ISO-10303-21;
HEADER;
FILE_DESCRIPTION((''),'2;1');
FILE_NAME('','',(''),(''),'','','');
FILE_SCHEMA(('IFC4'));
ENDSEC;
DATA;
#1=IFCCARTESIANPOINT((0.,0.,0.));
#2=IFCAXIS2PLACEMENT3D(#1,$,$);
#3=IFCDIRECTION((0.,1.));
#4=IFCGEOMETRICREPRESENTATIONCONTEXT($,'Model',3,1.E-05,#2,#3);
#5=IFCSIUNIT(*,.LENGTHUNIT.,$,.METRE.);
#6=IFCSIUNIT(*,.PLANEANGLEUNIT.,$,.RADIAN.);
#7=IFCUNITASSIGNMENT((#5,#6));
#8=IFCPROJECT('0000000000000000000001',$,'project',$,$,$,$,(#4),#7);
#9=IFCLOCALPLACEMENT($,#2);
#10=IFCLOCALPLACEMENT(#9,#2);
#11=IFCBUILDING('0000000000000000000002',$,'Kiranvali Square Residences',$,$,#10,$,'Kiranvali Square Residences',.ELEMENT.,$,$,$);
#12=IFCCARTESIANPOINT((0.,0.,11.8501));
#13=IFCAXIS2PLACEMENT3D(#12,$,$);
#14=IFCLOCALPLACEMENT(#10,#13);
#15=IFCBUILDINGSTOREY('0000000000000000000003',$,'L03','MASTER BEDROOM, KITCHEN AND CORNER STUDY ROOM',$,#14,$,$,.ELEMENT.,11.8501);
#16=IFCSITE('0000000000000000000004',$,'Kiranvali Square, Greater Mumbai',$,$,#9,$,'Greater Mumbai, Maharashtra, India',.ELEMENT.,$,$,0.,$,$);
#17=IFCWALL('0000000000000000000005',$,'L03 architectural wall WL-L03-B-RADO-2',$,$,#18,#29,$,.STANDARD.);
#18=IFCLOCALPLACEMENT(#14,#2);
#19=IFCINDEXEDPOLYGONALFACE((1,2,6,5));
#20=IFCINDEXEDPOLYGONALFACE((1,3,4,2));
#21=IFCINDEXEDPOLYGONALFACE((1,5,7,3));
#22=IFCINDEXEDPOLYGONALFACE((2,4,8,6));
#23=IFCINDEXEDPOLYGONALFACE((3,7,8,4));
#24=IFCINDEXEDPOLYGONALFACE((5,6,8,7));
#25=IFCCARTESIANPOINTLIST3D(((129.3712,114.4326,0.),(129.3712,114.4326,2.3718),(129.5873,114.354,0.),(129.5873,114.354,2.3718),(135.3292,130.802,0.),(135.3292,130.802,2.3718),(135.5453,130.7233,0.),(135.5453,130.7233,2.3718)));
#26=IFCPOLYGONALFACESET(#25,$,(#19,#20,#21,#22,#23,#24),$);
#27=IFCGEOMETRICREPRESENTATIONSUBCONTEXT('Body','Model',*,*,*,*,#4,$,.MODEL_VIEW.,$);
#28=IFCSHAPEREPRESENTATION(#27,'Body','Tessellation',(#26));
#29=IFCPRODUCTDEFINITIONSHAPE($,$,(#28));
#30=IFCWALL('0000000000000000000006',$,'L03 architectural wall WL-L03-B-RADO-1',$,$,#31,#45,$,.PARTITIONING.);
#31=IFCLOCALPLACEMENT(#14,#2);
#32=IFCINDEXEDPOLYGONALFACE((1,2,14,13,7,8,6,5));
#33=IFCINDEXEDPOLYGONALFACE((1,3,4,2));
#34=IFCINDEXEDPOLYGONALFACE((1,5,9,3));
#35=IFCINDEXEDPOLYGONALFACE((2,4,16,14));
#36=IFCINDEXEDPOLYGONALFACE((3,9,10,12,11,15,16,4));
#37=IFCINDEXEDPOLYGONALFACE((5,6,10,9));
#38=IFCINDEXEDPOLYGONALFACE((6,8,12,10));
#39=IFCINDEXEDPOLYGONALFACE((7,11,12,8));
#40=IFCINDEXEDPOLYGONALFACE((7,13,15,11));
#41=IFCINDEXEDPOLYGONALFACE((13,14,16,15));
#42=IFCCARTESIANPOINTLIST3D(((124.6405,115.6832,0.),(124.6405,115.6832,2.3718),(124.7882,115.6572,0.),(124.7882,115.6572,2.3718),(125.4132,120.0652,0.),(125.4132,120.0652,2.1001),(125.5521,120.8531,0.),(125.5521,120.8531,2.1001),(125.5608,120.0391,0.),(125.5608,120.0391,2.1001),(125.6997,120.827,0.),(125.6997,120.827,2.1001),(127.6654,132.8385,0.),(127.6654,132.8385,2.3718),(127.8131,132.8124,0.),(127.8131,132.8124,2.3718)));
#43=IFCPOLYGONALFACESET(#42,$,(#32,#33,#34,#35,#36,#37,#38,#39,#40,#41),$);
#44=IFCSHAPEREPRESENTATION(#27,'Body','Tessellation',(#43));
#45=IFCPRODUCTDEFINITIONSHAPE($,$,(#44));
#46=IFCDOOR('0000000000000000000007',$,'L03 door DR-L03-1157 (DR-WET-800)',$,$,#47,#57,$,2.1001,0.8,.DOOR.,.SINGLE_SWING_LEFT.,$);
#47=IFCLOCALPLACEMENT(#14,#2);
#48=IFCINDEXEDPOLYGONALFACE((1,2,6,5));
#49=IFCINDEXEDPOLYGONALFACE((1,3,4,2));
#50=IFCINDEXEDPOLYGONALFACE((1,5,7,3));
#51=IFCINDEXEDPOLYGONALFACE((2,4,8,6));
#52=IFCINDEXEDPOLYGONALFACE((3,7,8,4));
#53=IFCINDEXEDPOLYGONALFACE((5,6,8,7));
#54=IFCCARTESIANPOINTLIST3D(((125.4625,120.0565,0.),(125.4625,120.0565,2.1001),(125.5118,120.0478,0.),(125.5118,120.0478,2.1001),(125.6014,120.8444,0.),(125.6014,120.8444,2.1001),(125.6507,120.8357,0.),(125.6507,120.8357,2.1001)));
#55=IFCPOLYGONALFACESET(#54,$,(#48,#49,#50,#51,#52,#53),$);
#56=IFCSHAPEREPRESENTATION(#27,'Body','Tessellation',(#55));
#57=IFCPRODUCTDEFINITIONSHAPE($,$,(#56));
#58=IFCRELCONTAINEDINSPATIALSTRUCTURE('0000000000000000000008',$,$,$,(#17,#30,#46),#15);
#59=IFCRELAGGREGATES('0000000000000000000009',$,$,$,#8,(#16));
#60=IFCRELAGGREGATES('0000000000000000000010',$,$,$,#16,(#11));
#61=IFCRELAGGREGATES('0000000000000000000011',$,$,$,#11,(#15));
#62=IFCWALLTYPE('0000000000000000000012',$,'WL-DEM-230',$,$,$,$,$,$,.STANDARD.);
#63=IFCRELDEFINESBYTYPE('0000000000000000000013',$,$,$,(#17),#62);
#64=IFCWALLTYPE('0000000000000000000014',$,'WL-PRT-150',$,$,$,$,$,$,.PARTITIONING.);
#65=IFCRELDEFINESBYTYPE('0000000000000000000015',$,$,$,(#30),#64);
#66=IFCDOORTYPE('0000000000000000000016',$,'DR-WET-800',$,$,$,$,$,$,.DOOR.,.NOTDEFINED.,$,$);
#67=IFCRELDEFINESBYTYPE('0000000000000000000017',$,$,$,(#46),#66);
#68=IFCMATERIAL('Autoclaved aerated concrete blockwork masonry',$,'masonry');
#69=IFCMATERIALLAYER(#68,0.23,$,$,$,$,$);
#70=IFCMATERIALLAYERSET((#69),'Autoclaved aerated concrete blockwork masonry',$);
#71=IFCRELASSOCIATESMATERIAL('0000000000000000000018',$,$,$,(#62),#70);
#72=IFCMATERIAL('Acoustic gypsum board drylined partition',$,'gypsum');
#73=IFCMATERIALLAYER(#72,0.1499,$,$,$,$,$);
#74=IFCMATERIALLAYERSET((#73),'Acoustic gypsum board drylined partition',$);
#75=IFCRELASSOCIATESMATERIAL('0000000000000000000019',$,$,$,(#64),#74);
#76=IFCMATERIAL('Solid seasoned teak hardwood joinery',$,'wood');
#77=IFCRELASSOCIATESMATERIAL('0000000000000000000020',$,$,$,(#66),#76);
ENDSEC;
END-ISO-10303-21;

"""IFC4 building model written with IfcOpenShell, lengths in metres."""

from ifc_helpers import new_model, si_unit, direction, frame, frame_2d, origin, place, context, subcontext, project, spatial, rectangle, extrude, material, layer, layer_set, type_object, element, fill, save


model = new_model("IFC4")

# Units and contexts
model_context = context("Model", 3, precision=1e-05, world=origin(), true_north=direction((0.0, 1.0)))
body_context = subcontext(model_context, "Body", "Model", "MODEL_VIEW")
ifc_project = project(units=[si_unit("LENGTHUNIT", "METRE"), si_unit("PLANEANGLEUNIT", "RADIAN")], contexts=[model_context])

# Site, building, storey
site_placement = place(None, origin())
site = spatial("IfcSite", under=ifc_project, at=site_placement, Name="Kiranvali Square, Greater Mumbai", LongName="Greater Mumbai, Maharashtra, India", CompositionType="ELEMENT", RefElevation=0.0)
building_placement = place(site_placement, origin())
building = spatial("IfcBuilding", under=site, at=building_placement, Name="Kiranvali Square Residences", LongName="Kiranvali Square Residences", CompositionType="ELEMENT")
storey_placement = place(building_placement, frame((0.0, 0.0, 11.8501)))
storey = spatial("IfcBuildingStorey", under=building, at=storey_placement, Name="L03", Description="MASTER BEDROOM, KITCHEN AND CORNER STUDY ROOM", CompositionType="ELEMENT", Elevation=11.8501)

# Shared definitions
ifc_material_1 = material(Name="Autoclaved aerated concrete blockwork masonry", Category="masonry")

# Wall
ifc_layer_1 = layer(ifc_material_1, 0.23)
ifc_layer_set_1 = layer_set([ifc_layer_1], Name="Autoclaved aerated concrete blockwork masonry")
wall_type_1 = type_object("IfcWallType", Name="WL-DEM-230", PredefinedType="STANDARD", material=ifc_layer_set_1)
wall_1_placement = place(storey_placement, frame((129.4792, 114.3933, 0.0), z_axis=(0.0, 0.0, 1.0), x_axis=(0.342022, 0.939692, 0.0)))
element("IfcWall", 1, at=wall_1_placement, inside=storey, type_object=wall_type_1, Name="L03 architectural wall WL-L03-B-RADO-2", PredefinedType="STANDARD", context=body_context, shape_type="SweptSolid", body=[
    extrude(rectangle(XDim=17.4199, YDim=0.23, at=frame_2d((8.71, 0.0))), origin(), (0.0, 0.0, 1.0), 2.3718),
])

# Wall, opening, door
ifc_material_2 = material(Name="Acoustic gypsum board drylined partition", Category="gypsum")
ifc_layer_2 = layer(ifc_material_2, 0.1499)
ifc_layer_set_2 = layer_set([ifc_layer_2], Name="Acoustic gypsum board drylined partition")
wall_type_2 = type_object("IfcWallType", Name="WL-PRT-150", PredefinedType="PARTITIONING", material=ifc_layer_set_2)
wall_2_placement = place(storey_placement, frame((124.7144, 115.6702, 0.0), z_axis=(0.0, 0.0, 1.0), x_axis=(0.173646, 0.984808, 0.0)))
wall_2 = element("IfcWall", 2, at=wall_2_placement, inside=storey, type_object=wall_type_2, Name="L03 architectural wall WL-L03-B-RADO-1", PredefinedType="PARTITIONING", context=body_context, shape_type="SweptSolid", body=[
    extrude(rectangle(XDim=17.4199, YDim=0.1499, at=frame_2d((8.71, 0.0))), origin(), (0.0, 0.0, 1.0), 2.3718),
])
opening_1_placement = place(wall_2_placement, frame((4.4497, 0.0, 0.0)))
opening_1 = element("IfcOpeningElement", 3, at=opening_1_placement, cuts=wall_2, PredefinedType="OPENING", context=body_context, shape_type="SweptSolid", body=[
    extrude(rectangle(XDim=0.8, YDim=2.1001, at=frame_2d((0.3999, 1.05))), frame((0.0, 0.085, 0.0), z_axis=(0.0, -1.0, 0.0), x_axis=(1.0, 0.0, 0.0)), (0.0, 0.0, 1.0), 0.1699),
])
ifc_material_3 = material(Name="Solid seasoned teak hardwood joinery", Category="wood")
door_type_1 = type_object("IfcDoorType", Name="DR-WET-800", OperationType="NOTDEFINED", PredefinedType="DOOR", material=ifc_material_3)
door_1_placement = place(opening_1_placement, origin())
door_1 = element("IfcDoor", 4, at=door_1_placement, inside=storey, type_object=door_type_1, Name="L03 door DR-L03-1157 (DR-WET-800)", OperationType="SINGLE_SWING_LEFT", OverallHeight=2.1001, OverallWidth=0.8, PredefinedType="DOOR", context=body_context, shape_type="SweptSolid", body=[
    extrude(rectangle(XDim=0.8, YDim=2.1001, at=frame_2d((0.3999, 1.05))), frame((0.0, 0.0249, 0.0), z_axis=(0.0, -1.0, 0.0), x_axis=(1.0, 0.0, 0.0)), (0.0, 0.0, 1.0), 0.05),
])
fill(opening_1, door_1)

save(model, "model.ifc")
